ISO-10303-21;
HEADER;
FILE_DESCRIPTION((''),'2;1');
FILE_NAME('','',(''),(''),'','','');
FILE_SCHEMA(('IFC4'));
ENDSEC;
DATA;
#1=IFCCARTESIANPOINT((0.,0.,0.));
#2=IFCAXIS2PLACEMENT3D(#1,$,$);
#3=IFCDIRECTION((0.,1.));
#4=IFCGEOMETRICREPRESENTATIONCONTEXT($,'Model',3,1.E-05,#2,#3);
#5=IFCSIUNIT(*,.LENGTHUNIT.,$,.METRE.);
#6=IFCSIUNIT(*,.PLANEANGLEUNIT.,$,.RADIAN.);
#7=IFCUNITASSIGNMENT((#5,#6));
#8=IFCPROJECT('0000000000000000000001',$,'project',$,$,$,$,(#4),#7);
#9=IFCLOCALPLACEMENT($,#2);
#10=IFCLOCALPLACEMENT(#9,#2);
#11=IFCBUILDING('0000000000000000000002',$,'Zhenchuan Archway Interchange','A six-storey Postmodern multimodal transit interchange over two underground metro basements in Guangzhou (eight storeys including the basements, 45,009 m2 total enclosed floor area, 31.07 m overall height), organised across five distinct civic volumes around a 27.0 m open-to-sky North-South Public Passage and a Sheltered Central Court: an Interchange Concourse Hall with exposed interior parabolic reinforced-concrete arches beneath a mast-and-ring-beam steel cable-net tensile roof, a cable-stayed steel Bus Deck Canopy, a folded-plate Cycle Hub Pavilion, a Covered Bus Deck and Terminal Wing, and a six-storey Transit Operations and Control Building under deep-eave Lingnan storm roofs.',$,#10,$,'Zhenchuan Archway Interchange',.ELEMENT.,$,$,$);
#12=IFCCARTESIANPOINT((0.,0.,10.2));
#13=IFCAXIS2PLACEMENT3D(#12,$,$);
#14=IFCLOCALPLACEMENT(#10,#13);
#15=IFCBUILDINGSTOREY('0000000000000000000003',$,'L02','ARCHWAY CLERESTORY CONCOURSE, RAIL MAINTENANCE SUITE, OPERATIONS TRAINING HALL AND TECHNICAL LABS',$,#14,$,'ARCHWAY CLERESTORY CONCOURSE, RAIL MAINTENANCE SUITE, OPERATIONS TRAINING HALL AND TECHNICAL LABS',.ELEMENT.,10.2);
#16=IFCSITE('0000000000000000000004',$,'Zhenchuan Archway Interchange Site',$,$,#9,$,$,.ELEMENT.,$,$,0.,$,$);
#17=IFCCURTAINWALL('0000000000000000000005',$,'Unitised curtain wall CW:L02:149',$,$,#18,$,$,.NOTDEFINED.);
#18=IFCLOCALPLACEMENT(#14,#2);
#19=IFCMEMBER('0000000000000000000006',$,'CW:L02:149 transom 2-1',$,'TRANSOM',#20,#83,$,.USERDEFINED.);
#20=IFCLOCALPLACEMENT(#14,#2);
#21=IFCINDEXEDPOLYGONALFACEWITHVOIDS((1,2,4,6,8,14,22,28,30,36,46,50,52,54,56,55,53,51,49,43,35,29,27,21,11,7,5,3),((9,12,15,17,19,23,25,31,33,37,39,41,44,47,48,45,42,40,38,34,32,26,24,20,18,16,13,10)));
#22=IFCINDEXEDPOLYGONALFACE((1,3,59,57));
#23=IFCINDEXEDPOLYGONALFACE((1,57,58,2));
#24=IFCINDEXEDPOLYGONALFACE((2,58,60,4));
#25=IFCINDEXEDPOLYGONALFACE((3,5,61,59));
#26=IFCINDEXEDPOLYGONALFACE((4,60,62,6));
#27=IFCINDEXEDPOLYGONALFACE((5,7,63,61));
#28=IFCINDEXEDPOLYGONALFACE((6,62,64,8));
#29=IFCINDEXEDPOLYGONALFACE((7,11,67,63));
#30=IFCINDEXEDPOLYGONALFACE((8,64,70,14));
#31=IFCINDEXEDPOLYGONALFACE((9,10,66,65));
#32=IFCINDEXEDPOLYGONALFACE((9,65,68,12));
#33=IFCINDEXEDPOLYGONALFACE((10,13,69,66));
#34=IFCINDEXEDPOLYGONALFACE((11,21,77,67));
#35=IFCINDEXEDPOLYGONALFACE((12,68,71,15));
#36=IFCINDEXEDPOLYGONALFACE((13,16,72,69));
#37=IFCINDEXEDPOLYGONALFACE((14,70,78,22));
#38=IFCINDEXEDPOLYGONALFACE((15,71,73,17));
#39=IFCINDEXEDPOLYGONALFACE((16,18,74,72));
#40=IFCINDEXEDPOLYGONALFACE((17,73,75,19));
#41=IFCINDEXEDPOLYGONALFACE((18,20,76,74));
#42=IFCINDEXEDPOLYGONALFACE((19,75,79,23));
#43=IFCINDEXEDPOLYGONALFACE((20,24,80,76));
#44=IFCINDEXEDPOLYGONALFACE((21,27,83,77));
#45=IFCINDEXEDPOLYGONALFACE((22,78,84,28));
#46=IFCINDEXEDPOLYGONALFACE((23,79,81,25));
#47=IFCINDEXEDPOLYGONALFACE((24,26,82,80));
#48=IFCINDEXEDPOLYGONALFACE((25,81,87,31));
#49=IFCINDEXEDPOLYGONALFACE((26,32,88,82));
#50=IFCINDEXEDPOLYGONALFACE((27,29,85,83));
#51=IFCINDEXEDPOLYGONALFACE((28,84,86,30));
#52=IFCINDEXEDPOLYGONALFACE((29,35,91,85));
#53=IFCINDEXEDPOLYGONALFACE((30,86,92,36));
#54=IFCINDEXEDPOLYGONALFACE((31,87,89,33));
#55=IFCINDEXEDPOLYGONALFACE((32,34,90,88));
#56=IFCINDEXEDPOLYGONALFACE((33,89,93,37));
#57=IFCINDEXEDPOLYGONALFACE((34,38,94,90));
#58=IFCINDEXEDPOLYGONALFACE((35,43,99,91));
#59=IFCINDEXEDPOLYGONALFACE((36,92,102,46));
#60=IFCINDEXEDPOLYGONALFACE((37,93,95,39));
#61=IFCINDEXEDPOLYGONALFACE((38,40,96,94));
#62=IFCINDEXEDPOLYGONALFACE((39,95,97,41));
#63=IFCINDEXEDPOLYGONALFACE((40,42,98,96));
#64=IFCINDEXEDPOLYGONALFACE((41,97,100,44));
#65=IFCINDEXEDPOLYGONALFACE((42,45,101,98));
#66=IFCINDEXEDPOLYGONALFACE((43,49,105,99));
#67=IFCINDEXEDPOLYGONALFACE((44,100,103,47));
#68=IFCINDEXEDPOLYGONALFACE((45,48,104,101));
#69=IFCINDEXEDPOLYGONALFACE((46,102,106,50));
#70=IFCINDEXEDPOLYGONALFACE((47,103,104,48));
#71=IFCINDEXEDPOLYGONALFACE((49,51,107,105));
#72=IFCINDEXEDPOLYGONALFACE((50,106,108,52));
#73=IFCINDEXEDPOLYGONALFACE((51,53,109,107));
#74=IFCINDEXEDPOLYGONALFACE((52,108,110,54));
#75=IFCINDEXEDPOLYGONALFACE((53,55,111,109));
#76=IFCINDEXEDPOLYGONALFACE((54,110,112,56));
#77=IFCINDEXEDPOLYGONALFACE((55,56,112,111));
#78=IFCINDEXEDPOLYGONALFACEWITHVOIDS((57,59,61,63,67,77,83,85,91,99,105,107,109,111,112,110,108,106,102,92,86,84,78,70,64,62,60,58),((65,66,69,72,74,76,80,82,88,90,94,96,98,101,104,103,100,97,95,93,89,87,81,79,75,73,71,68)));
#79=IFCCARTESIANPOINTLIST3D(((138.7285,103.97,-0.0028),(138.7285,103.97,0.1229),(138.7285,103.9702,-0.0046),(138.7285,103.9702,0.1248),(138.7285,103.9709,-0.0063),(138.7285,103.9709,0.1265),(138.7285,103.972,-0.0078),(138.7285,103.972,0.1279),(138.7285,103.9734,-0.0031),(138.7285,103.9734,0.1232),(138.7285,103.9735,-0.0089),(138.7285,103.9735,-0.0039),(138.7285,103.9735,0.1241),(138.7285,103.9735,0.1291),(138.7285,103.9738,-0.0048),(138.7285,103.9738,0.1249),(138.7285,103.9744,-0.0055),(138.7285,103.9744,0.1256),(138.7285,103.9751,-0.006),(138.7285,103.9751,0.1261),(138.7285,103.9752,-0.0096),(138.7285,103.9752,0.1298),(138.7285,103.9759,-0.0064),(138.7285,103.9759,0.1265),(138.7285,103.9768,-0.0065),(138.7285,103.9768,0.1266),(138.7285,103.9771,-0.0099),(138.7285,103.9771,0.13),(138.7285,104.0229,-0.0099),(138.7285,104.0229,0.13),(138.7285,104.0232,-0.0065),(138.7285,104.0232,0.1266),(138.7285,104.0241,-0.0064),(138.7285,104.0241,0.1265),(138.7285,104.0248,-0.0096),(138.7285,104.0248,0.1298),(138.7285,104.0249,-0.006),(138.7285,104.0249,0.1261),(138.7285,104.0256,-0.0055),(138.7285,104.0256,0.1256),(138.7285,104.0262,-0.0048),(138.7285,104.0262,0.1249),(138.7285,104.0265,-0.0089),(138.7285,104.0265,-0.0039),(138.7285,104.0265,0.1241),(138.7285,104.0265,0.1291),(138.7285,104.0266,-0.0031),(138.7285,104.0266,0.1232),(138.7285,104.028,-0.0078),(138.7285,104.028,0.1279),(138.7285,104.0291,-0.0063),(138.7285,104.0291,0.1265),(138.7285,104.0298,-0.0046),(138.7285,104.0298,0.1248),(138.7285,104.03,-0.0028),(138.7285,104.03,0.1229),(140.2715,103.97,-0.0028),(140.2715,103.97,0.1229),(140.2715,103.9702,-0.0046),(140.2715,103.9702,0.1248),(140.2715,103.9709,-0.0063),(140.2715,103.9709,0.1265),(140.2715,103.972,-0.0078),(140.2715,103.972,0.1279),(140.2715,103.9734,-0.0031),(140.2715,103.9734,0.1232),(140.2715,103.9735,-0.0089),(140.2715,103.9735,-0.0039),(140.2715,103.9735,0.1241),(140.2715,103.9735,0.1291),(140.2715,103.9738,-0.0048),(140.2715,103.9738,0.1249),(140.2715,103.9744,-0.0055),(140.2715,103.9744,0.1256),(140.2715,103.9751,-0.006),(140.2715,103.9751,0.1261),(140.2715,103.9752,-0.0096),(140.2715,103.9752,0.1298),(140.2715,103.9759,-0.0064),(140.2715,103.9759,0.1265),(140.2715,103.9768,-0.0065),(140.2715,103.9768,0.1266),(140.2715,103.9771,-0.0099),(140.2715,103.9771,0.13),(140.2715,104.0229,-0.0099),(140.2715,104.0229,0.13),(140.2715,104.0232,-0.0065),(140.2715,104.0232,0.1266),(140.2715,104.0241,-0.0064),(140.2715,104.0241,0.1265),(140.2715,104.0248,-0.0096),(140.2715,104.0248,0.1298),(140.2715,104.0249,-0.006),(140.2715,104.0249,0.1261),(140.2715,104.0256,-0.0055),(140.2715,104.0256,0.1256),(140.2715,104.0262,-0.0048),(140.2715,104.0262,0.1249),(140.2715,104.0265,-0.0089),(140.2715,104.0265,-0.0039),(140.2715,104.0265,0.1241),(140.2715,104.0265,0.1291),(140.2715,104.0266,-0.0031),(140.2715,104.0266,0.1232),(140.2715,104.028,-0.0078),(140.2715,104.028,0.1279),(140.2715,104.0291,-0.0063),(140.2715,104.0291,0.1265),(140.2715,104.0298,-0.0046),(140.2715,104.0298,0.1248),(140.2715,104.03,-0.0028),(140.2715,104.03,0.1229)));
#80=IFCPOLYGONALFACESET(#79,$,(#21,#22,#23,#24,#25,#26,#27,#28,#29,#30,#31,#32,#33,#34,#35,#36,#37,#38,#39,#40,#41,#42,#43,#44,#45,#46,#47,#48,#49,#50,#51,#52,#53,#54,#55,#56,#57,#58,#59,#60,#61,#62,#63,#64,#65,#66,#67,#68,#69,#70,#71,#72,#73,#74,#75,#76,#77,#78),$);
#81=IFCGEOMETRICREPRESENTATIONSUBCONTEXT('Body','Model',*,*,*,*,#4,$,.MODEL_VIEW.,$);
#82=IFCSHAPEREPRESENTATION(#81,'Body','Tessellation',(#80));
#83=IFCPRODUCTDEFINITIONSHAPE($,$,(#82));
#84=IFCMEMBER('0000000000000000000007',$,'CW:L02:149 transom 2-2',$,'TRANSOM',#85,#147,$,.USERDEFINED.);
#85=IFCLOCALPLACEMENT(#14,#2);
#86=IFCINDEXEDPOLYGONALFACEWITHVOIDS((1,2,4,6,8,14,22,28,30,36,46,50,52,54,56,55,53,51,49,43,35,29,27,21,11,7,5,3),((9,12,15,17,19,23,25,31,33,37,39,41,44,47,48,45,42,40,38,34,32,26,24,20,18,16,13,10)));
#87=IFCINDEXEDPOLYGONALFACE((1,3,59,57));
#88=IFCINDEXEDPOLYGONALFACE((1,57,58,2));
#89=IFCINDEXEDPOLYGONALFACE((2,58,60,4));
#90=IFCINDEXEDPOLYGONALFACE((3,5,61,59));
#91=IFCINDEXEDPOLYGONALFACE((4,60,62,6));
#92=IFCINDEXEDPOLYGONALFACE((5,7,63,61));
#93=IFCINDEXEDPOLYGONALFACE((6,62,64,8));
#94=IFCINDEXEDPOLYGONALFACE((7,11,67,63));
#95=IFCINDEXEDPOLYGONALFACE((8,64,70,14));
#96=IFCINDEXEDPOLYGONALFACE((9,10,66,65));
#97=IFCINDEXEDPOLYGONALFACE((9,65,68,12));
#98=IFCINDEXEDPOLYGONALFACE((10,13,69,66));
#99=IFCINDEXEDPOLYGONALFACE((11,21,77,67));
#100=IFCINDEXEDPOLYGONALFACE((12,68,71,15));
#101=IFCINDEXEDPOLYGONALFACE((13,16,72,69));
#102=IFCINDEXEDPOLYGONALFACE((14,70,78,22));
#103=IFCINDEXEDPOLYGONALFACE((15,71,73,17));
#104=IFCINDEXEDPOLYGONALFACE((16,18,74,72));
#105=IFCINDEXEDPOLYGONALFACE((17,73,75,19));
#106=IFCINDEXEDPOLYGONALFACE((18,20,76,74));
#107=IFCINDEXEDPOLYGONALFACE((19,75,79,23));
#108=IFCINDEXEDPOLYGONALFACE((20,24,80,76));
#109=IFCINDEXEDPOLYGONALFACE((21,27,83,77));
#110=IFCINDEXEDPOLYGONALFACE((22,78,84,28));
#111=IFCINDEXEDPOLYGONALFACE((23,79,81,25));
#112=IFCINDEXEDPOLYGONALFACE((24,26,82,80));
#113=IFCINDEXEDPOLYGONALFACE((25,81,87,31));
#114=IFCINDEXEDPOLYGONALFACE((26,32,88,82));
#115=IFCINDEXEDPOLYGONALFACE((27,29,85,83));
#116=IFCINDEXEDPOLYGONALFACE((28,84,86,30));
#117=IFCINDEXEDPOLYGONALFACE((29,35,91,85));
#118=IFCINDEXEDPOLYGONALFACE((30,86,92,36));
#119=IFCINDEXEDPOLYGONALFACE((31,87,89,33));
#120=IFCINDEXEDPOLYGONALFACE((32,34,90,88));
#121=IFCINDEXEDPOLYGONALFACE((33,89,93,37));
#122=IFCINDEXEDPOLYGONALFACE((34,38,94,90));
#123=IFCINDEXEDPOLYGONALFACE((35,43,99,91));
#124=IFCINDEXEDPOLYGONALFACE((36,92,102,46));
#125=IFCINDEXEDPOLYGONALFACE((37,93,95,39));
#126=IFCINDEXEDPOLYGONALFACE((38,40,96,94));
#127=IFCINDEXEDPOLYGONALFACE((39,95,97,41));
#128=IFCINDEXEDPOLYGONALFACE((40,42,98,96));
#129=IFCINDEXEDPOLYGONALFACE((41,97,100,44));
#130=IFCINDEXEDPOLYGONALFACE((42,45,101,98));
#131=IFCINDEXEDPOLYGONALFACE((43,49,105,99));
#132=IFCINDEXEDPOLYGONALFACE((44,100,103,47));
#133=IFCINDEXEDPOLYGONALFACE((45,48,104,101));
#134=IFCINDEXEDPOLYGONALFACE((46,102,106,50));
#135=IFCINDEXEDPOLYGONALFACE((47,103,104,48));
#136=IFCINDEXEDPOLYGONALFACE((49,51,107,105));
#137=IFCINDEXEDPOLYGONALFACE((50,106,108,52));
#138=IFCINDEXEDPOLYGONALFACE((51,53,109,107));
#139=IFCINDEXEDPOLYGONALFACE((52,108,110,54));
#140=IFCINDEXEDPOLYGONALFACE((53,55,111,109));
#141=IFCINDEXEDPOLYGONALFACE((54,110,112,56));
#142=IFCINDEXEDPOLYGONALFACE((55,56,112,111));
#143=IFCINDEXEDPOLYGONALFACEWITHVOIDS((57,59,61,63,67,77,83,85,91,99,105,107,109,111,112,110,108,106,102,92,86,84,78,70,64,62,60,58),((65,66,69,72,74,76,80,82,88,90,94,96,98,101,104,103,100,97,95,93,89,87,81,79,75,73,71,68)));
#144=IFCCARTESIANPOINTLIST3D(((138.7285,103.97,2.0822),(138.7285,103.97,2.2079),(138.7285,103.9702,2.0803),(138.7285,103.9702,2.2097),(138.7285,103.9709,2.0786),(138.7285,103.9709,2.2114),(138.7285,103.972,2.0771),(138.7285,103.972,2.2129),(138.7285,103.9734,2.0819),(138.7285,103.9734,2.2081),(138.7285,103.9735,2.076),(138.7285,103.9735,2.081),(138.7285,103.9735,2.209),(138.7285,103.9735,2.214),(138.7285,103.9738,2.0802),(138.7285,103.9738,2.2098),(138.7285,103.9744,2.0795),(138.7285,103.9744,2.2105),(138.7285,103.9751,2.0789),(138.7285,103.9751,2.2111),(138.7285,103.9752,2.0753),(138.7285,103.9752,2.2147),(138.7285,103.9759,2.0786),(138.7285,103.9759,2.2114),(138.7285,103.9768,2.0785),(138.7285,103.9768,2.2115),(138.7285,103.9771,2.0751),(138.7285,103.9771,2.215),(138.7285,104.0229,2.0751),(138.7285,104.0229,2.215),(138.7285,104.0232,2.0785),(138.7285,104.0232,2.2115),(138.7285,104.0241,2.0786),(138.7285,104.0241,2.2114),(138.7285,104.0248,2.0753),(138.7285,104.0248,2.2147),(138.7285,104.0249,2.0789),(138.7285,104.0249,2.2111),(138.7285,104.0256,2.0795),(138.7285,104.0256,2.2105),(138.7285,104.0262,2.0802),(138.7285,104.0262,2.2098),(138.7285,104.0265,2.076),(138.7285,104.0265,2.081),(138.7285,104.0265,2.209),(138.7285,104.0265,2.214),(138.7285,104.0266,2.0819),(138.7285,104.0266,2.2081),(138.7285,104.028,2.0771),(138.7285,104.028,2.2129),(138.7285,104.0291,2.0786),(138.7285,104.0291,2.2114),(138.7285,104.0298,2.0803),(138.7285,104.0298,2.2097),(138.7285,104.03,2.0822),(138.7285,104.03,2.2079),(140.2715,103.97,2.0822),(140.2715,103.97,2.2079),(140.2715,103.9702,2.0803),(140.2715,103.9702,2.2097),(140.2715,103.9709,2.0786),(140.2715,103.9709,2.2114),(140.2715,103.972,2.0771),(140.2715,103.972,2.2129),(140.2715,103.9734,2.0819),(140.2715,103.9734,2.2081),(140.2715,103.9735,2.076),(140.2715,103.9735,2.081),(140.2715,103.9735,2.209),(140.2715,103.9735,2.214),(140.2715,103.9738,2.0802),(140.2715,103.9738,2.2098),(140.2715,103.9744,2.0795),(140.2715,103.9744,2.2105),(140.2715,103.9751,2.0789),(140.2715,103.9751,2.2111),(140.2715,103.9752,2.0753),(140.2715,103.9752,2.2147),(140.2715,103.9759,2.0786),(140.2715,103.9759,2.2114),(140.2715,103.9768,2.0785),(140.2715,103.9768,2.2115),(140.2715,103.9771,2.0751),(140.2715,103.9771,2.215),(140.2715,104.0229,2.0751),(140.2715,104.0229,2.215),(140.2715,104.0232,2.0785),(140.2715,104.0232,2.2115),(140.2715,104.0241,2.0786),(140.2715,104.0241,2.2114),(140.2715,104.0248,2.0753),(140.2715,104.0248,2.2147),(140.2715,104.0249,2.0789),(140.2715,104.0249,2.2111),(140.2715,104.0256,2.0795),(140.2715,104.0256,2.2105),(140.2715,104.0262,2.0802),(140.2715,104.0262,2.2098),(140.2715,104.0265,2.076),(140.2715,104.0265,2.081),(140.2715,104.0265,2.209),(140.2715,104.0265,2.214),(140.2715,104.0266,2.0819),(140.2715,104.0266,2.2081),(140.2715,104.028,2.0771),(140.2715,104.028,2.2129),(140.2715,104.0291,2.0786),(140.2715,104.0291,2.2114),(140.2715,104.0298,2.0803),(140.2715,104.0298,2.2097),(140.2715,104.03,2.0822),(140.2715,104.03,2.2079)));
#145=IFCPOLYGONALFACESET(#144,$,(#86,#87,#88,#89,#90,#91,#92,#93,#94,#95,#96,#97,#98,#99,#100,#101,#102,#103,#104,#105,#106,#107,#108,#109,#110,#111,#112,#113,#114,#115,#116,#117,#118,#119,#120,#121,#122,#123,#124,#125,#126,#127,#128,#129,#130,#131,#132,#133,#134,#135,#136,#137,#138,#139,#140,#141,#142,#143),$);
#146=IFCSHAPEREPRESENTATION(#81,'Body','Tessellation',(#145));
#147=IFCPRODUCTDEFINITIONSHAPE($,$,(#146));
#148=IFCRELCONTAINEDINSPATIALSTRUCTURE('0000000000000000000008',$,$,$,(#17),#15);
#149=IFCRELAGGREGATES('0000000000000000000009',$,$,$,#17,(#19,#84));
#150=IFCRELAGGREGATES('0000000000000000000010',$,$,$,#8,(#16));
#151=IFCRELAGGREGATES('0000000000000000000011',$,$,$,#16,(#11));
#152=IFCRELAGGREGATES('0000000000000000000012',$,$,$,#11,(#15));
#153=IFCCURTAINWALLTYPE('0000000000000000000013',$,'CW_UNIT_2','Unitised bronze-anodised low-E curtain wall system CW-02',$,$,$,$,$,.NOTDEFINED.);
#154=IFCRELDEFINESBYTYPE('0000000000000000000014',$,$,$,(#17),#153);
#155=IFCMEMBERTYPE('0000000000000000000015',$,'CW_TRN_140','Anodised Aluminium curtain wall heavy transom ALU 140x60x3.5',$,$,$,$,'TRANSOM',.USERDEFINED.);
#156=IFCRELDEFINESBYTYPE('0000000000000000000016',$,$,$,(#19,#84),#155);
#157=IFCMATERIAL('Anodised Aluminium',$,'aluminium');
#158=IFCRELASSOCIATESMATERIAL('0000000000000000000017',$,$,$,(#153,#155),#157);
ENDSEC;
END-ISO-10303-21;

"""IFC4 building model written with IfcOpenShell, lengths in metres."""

from ifc_helpers import new_model, si_unit, direction, frame, origin, origin_2d, place, context, subcontext, project, spatial, hollow_rectangle, extrude, material, material_profile, profile_set, type_object, element, aggregate, save


model = new_model("IFC4")

# Units and contexts
model_context = context("Model", 3, precision=1e-05, world=origin(), true_north=direction((0.0, 1.0)))
body_context = subcontext(model_context, "Body", "Model", "MODEL_VIEW")
ifc_project = project(units=[si_unit("LENGTHUNIT", "METRE"), si_unit("PLANEANGLEUNIT", "RADIAN")], contexts=[model_context])

# Site, building, storey
site_placement = place(None, origin())
site = spatial("IfcSite", under=ifc_project, at=site_placement, Name="Zhenchuan Archway Interchange Site", CompositionType="ELEMENT", RefElevation=0.0)
building_placement = place(site_placement, origin())
building = spatial("IfcBuilding", under=site, at=building_placement, Name="Zhenchuan Archway Interchange", Description="A six-storey Postmodern multimodal transit interchange over two underground metro basements in Guangzhou (eight storeys including the basements, 45,009 m2 total enclosed floor area, 31.07 m overall height), organised across five distinct civic volumes around a 27.0 m open-to-sky North-South Public Passage and a Sheltered Central Court: an Interchange Concourse Hall with exposed interior parabolic reinforced-concrete arches beneath a mast-and-ring-beam steel cable-net tensile roof, a cable-stayed steel Bus Deck Canopy, a folded-plate Cycle Hub Pavilion, a Covered Bus Deck and Terminal Wing, and a six-storey Transit Operations and Control Building under deep-eave Lingnan storm roofs.", LongName="Zhenchuan Archway Interchange", CompositionType="ELEMENT")
storey_placement = place(building_placement, frame((0.0, 0.0, 10.2)))
storey = spatial("IfcBuildingStorey", under=building, at=storey_placement, Name="L02", Description="ARCHWAY CLERESTORY CONCOURSE, RAIL MAINTENANCE SUITE, OPERATIONS TRAINING HALL AND TECHNICAL LABS", LongName="ARCHWAY CLERESTORY CONCOURSE, RAIL MAINTENANCE SUITE, OPERATIONS TRAINING HALL AND TECHNICAL LABS", CompositionType="ELEMENT", Elevation=10.2)

# Curtain wall, members
ifc_material_1 = material(Name="Anodised Aluminium", Category="aluminium")
curtain_wall_type = type_object("IfcCurtainWallType", Name="CW_UNIT_2", Description="Unitised bronze-anodised low-E curtain wall system CW-02", PredefinedType="NOTDEFINED", material=ifc_material_1)
curtain_wall_placement = place(storey_placement, origin())
curtain_wall = element("IfcCurtainWall", 1, at=curtain_wall_placement, inside=storey, type_object=curtain_wall_type, Name="Unitised curtain wall CW:L02:149", PredefinedType="NOTDEFINED")
ifc_material_profile_1 = material_profile(ifc_material_1, hollow_rectangle(XDim=0.0601, YDim=0.1399, WallThickness=0.0034, InnerFilletRadius=0.0034, OuterFilletRadius=0.0071, at=origin_2d()), Name="ALU 140x60x3.5")
ifc_profile_set_1 = profile_set([ifc_material_profile_1], Name="Anodised Aluminium")
member_type_1 = type_object("IfcMemberType", Name="CW_TRN_140", Description="Anodised Aluminium curtain wall heavy transom ALU 140x60x3.5", ElementType="TRANSOM", PredefinedType="USERDEFINED", material=ifc_profile_set_1)
member_1_placement = place(storey_placement, frame((138.7285, 104.0, 0.0601), z_axis=(1.0, 0.0, 0.0), x_axis=(0.0, 1.0, 0.0)))
member_1 = element("IfcMember", 2, at=member_1_placement, type_object=member_type_1, Name="CW:L02:149 transom 2-1", ObjectType="TRANSOM", PredefinedType="USERDEFINED", context=body_context, shape_type="SweptSolid", body=[
    extrude(hollow_rectangle(XDim=0.0601, YDim=0.1399, WallThickness=0.0034, InnerFilletRadius=0.0034, OuterFilletRadius=0.0071, at=origin_2d()), origin(), (0.0, 0.0, 1.0), 1.543),
])
member_2_placement = place(storey_placement, frame((138.7285, 104.0, 2.145), z_axis=(1.0, 0.0, 0.0), x_axis=(0.0, 1.0, 0.0)))
member_2 = element("IfcMember", 3, at=member_2_placement, type_object=member_type_1, Name="CW:L02:149 transom 2-2", ObjectType="TRANSOM", PredefinedType="USERDEFINED", context=body_context, shape_type="SweptSolid", body=[
    extrude(hollow_rectangle(XDim=0.0601, YDim=0.1399, WallThickness=0.0034, InnerFilletRadius=0.0034, OuterFilletRadius=0.0071, at=origin_2d()), origin(), (0.0, 0.0, 1.0), 1.543),
])

aggregate(curtain_wall, [member_1, member_2])

save(model, "model.ifc")
